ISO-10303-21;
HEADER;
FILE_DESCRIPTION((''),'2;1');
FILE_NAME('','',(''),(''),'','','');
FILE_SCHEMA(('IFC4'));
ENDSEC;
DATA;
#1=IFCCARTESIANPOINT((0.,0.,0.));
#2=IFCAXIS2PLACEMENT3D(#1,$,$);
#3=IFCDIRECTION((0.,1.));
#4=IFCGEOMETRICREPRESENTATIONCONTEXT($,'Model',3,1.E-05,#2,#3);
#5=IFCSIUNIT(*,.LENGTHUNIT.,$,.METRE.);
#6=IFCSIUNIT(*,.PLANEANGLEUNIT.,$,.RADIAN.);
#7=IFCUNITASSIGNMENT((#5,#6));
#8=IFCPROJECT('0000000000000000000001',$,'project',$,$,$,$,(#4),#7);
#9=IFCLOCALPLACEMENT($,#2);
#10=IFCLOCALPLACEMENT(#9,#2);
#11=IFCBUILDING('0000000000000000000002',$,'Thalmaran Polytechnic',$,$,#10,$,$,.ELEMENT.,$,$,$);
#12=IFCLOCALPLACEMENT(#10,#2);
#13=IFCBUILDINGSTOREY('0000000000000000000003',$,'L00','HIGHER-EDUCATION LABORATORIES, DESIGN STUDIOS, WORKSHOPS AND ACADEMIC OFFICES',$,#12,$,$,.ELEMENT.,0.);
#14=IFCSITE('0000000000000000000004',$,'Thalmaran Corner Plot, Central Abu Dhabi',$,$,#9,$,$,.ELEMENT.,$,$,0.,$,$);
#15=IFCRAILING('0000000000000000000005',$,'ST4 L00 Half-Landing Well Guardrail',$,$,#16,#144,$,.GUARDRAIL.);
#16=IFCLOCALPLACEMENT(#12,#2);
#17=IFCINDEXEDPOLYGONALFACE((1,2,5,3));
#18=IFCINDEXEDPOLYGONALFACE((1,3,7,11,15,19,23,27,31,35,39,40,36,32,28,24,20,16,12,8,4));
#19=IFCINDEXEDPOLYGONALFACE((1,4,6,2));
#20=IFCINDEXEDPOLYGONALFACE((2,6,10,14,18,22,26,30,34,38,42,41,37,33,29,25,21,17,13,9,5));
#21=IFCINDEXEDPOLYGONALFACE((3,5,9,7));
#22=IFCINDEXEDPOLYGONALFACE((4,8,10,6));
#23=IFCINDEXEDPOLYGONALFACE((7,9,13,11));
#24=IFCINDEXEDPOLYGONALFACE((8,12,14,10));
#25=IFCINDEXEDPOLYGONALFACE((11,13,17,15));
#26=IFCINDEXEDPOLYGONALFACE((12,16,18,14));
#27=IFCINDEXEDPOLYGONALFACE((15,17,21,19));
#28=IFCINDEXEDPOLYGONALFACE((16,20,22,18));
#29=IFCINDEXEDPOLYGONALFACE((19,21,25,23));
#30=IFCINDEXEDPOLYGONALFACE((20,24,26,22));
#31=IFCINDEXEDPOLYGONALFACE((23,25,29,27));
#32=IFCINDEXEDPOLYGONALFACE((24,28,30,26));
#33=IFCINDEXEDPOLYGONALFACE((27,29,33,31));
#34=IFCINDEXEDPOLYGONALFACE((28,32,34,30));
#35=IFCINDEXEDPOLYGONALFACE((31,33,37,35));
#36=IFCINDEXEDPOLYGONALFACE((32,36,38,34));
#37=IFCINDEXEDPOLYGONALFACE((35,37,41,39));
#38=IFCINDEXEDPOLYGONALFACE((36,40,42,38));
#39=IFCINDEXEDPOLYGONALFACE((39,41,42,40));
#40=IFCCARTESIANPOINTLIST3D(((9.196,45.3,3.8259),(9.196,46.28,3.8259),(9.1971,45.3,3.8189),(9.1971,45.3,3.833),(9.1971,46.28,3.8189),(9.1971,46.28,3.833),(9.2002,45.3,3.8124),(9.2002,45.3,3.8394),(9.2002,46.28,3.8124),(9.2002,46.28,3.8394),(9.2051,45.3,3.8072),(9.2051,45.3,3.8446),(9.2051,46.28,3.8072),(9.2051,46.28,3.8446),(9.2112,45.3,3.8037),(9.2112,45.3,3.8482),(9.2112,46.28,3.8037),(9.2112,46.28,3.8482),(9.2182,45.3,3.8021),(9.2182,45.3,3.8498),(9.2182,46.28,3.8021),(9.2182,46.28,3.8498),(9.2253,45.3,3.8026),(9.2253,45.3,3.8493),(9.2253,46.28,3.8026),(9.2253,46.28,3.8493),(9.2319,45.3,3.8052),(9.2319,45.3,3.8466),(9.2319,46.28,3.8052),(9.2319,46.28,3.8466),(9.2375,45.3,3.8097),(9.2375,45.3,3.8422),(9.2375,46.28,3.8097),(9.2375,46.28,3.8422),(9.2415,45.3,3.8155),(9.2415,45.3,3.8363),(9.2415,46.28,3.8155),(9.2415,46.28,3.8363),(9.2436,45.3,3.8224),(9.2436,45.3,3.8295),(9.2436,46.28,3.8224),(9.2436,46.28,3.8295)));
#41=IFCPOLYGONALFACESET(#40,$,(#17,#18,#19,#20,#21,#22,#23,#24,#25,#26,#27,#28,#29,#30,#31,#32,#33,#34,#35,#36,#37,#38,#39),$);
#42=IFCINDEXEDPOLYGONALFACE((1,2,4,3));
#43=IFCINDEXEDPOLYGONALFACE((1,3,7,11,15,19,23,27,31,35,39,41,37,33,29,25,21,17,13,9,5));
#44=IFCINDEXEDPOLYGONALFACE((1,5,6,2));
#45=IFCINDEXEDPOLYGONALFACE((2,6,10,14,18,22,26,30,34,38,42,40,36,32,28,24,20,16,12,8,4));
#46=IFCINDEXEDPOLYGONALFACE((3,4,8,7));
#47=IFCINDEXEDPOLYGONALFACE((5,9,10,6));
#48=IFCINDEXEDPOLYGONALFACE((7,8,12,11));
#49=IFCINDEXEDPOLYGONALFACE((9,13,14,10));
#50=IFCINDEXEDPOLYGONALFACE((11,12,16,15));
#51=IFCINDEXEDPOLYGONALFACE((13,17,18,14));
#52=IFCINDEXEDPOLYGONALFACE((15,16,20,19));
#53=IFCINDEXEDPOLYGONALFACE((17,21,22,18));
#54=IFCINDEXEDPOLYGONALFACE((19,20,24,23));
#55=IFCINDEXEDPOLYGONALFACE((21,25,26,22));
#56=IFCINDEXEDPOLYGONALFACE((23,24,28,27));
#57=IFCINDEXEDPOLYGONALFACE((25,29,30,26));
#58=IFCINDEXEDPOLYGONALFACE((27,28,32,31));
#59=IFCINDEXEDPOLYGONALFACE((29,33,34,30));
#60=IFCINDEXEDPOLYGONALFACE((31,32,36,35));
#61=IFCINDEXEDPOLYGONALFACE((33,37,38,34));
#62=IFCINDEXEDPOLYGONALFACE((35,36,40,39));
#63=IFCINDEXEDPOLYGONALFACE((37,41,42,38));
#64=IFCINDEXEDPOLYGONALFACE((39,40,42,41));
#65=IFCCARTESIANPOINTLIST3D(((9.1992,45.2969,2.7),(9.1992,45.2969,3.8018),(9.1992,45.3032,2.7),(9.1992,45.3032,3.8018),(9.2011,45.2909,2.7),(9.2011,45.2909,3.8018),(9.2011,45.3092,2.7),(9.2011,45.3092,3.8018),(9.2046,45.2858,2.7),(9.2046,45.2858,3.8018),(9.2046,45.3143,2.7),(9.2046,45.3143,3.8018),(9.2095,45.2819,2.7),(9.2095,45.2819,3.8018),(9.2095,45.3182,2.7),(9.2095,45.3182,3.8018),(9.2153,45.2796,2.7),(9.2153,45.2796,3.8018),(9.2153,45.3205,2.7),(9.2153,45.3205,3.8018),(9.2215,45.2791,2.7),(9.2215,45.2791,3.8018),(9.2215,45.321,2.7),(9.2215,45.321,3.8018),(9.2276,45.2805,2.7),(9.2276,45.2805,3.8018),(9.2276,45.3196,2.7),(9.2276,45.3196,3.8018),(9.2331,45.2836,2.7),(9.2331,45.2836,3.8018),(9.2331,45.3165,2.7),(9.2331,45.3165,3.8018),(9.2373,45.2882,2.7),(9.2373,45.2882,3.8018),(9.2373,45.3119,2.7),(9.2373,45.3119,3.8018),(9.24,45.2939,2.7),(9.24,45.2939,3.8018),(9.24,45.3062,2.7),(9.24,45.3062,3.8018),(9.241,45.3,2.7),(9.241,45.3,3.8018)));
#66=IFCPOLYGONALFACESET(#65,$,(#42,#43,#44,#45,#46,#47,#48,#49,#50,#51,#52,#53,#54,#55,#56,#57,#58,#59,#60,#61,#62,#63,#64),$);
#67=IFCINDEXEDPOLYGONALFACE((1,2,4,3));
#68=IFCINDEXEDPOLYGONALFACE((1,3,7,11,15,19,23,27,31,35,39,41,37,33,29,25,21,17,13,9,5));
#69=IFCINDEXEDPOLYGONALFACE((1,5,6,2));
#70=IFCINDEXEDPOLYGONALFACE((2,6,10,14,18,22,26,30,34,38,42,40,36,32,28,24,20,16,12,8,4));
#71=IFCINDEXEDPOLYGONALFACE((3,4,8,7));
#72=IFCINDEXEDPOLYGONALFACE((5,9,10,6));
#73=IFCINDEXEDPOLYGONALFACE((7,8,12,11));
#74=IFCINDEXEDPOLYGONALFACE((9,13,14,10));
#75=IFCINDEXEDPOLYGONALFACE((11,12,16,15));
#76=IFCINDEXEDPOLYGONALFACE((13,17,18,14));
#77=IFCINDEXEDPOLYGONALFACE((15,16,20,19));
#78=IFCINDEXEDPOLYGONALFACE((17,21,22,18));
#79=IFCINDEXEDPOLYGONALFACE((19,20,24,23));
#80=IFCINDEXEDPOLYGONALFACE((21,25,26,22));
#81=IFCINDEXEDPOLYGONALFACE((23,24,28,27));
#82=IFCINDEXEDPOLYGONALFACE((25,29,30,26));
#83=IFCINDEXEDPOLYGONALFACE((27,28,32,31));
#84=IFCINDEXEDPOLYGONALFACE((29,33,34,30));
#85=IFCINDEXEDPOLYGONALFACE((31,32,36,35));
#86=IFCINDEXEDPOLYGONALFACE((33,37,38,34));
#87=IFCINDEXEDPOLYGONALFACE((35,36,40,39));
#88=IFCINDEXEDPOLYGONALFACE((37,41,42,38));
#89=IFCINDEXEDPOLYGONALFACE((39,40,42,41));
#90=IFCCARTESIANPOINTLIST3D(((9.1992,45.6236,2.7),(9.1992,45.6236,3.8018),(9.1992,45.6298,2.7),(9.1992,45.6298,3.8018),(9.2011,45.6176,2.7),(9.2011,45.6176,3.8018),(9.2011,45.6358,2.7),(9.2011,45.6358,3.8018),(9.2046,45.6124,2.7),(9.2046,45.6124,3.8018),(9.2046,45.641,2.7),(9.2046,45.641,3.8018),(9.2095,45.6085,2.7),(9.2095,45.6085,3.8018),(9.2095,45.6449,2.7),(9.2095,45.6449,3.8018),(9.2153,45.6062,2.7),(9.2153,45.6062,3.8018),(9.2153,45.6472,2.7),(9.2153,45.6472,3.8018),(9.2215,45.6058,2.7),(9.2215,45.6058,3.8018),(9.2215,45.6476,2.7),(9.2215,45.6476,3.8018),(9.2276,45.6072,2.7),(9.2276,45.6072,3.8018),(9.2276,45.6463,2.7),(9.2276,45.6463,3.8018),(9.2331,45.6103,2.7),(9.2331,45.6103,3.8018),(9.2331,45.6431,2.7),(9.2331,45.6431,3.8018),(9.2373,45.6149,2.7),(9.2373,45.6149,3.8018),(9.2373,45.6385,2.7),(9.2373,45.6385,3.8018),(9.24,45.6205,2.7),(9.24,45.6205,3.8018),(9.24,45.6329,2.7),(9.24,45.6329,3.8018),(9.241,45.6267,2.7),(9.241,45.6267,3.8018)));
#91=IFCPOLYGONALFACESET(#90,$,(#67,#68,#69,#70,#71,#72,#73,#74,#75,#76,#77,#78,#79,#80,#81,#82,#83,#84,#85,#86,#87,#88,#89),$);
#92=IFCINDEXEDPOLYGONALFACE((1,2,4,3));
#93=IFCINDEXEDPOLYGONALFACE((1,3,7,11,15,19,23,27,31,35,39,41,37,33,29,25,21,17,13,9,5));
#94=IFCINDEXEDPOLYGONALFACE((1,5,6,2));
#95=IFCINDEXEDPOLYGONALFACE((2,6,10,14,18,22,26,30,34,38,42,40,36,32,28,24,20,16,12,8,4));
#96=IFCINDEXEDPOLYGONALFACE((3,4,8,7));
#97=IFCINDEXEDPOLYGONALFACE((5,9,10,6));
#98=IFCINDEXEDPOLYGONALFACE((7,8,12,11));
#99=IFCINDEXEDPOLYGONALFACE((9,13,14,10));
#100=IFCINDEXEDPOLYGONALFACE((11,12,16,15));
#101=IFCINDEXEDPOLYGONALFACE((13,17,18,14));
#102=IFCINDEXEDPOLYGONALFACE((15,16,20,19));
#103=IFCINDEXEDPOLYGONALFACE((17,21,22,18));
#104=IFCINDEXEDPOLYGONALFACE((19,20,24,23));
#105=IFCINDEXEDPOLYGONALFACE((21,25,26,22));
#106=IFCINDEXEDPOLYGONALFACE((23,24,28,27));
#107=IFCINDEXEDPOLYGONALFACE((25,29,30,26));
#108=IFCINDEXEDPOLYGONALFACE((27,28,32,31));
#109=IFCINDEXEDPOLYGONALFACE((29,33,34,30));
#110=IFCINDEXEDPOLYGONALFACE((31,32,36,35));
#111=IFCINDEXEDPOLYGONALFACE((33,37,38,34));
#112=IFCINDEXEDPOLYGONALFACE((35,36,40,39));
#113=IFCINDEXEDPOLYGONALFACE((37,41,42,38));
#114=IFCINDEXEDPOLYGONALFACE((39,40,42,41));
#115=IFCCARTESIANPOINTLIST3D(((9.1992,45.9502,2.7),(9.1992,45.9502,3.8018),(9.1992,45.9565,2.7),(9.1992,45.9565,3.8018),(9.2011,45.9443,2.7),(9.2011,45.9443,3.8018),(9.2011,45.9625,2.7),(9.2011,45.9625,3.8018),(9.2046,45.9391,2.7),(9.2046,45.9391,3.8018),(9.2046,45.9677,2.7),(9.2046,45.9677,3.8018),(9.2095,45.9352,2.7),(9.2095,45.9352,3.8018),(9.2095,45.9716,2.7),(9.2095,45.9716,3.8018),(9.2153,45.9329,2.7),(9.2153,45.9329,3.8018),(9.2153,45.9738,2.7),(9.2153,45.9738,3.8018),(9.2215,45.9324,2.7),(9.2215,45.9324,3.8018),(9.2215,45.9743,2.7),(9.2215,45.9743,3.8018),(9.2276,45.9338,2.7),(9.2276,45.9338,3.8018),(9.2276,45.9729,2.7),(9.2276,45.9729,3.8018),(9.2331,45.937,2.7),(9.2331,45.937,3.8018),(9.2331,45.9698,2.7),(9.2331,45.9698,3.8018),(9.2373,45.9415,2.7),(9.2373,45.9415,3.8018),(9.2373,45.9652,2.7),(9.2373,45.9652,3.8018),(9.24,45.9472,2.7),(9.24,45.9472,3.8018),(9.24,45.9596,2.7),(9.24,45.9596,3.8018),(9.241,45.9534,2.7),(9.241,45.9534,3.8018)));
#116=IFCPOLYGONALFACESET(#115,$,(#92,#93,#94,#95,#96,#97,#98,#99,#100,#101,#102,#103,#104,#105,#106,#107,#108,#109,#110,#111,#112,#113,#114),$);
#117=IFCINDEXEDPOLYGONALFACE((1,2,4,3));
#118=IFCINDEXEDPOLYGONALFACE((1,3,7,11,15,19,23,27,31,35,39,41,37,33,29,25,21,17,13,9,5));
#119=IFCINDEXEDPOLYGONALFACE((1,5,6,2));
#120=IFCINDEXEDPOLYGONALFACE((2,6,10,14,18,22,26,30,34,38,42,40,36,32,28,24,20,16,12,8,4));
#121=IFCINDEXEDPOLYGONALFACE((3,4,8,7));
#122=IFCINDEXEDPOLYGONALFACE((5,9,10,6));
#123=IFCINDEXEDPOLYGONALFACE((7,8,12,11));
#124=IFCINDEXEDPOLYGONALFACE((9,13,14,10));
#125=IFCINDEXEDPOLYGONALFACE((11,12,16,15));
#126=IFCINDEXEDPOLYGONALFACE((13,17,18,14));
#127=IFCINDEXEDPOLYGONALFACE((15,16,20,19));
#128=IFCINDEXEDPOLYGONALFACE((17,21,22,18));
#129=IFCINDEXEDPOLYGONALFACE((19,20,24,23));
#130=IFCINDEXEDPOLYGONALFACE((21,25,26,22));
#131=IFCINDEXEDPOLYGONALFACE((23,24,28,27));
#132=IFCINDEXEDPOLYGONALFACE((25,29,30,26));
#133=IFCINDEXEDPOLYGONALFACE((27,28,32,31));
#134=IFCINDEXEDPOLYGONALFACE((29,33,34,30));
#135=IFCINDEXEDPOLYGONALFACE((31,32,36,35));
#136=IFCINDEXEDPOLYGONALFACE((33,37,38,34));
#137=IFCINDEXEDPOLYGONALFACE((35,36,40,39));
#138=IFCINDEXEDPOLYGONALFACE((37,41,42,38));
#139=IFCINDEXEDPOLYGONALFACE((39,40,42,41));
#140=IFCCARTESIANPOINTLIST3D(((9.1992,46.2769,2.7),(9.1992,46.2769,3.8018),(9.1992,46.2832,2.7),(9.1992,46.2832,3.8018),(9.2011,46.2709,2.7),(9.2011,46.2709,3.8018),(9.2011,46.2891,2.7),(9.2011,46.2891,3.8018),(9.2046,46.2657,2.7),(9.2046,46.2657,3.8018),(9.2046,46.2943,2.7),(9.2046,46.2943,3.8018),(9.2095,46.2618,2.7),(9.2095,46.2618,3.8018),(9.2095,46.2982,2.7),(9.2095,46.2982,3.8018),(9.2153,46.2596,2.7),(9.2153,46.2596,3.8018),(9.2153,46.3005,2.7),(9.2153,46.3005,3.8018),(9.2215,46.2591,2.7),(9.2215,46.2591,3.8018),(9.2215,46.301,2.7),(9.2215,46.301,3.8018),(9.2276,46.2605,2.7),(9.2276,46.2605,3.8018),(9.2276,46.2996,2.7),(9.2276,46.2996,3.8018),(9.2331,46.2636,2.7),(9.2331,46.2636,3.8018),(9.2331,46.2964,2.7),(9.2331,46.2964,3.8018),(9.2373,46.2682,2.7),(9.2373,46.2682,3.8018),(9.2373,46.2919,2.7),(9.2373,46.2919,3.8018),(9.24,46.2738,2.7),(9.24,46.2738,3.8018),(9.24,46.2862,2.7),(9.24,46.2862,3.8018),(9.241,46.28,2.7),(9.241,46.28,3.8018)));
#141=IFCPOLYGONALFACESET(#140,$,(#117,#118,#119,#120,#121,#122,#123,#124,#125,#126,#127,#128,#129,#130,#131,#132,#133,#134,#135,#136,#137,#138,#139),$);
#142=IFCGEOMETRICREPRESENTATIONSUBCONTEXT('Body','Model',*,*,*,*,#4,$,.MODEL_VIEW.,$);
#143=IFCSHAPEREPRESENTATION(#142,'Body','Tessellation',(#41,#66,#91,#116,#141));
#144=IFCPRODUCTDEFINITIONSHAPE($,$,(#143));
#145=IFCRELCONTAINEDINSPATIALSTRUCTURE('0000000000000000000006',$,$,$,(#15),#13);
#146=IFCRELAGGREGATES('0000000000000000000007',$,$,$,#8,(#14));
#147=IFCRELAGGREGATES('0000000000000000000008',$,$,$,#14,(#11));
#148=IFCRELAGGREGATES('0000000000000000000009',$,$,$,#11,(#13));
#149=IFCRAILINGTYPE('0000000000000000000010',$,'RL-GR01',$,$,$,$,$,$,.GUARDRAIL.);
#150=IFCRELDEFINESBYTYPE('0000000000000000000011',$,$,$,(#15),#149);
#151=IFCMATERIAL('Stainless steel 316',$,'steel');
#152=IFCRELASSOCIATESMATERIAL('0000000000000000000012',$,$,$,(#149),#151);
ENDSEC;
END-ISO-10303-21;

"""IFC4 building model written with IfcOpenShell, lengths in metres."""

from ifc_helpers import new_model, si_unit, direction, frame, origin, origin_2d, place, context, subcontext, project, spatial, circle, extrude, material, type_object, element, save


model = new_model("IFC4")

# Units and contexts
model_context = context("Model", 3, precision=1e-05, world=origin(), true_north=direction((0.0, 1.0)))
body_context = subcontext(model_context, "Body", "Model", "MODEL_VIEW")
ifc_project = project(units=[si_unit("LENGTHUNIT", "METRE"), si_unit("PLANEANGLEUNIT", "RADIAN")], contexts=[model_context])

# Site, building, storey
site_placement = place(None, origin())
site = spatial("IfcSite", under=ifc_project, at=site_placement, Name="Thalmaran Corner Plot, Central Abu Dhabi", CompositionType="ELEMENT", RefElevation=0.0)
building_placement = place(site_placement, origin())
building = spatial("IfcBuilding", under=site, at=building_placement, Name="Thalmaran Polytechnic", CompositionType="ELEMENT")
storey_placement = place(building_placement, origin())
storey = spatial("IfcBuildingStorey", under=building, at=storey_placement, Name="L00", Description="HIGHER-EDUCATION LABORATORIES, DESIGN STUDIOS, WORKSHOPS AND ACADEMIC OFFICES", CompositionType="ELEMENT", Elevation=0.0)

# Railing
ifc_material_1 = material(Name="Stainless steel 316", Category="steel")
railing_type_1 = type_object("IfcRailingType", Name="RL-GR01", PredefinedType="GUARDRAIL", material=ifc_material_1)
railing_1_placement = place(storey_placement, frame((9.22, 45.3, 2.7)))
element("IfcRailing", 1, at=railing_1_placement, inside=storey, type_object=railing_type_1, Name="ST4 L00 Half-Landing Well Guardrail", PredefinedType="GUARDRAIL", context=body_context, shape_type="SweptSolid", body=[
    extrude(circle(Radius=0.0239, at=origin_2d()), frame((0.0, 0.0, 1.126), z_axis=(0.0, 1.0, 0.0), x_axis=(-1.0, 0.0, 0.0)), (0.0, 0.0, 1.0), 0.98),
    extrude(circle(Radius=0.021, at=origin_2d()), origin(), (0.0, 0.0, 1.0), 1.1018),
    extrude(circle(Radius=0.021, at=origin_2d()), frame((0.0, 0.3267, 0.0)), (0.0, 0.0, 1.0), 1.1018),
    extrude(circle(Radius=0.021, at=origin_2d()), frame((0.0, 0.6533, 0.0)), (0.0, 0.0, 1.0), 1.1018),
    extrude(circle(Radius=0.021, at=origin_2d()), frame((0.0, 0.98, 0.0)), (0.0, 0.0, 1.0), 1.1018),
])

save(model, "model.ifc")
